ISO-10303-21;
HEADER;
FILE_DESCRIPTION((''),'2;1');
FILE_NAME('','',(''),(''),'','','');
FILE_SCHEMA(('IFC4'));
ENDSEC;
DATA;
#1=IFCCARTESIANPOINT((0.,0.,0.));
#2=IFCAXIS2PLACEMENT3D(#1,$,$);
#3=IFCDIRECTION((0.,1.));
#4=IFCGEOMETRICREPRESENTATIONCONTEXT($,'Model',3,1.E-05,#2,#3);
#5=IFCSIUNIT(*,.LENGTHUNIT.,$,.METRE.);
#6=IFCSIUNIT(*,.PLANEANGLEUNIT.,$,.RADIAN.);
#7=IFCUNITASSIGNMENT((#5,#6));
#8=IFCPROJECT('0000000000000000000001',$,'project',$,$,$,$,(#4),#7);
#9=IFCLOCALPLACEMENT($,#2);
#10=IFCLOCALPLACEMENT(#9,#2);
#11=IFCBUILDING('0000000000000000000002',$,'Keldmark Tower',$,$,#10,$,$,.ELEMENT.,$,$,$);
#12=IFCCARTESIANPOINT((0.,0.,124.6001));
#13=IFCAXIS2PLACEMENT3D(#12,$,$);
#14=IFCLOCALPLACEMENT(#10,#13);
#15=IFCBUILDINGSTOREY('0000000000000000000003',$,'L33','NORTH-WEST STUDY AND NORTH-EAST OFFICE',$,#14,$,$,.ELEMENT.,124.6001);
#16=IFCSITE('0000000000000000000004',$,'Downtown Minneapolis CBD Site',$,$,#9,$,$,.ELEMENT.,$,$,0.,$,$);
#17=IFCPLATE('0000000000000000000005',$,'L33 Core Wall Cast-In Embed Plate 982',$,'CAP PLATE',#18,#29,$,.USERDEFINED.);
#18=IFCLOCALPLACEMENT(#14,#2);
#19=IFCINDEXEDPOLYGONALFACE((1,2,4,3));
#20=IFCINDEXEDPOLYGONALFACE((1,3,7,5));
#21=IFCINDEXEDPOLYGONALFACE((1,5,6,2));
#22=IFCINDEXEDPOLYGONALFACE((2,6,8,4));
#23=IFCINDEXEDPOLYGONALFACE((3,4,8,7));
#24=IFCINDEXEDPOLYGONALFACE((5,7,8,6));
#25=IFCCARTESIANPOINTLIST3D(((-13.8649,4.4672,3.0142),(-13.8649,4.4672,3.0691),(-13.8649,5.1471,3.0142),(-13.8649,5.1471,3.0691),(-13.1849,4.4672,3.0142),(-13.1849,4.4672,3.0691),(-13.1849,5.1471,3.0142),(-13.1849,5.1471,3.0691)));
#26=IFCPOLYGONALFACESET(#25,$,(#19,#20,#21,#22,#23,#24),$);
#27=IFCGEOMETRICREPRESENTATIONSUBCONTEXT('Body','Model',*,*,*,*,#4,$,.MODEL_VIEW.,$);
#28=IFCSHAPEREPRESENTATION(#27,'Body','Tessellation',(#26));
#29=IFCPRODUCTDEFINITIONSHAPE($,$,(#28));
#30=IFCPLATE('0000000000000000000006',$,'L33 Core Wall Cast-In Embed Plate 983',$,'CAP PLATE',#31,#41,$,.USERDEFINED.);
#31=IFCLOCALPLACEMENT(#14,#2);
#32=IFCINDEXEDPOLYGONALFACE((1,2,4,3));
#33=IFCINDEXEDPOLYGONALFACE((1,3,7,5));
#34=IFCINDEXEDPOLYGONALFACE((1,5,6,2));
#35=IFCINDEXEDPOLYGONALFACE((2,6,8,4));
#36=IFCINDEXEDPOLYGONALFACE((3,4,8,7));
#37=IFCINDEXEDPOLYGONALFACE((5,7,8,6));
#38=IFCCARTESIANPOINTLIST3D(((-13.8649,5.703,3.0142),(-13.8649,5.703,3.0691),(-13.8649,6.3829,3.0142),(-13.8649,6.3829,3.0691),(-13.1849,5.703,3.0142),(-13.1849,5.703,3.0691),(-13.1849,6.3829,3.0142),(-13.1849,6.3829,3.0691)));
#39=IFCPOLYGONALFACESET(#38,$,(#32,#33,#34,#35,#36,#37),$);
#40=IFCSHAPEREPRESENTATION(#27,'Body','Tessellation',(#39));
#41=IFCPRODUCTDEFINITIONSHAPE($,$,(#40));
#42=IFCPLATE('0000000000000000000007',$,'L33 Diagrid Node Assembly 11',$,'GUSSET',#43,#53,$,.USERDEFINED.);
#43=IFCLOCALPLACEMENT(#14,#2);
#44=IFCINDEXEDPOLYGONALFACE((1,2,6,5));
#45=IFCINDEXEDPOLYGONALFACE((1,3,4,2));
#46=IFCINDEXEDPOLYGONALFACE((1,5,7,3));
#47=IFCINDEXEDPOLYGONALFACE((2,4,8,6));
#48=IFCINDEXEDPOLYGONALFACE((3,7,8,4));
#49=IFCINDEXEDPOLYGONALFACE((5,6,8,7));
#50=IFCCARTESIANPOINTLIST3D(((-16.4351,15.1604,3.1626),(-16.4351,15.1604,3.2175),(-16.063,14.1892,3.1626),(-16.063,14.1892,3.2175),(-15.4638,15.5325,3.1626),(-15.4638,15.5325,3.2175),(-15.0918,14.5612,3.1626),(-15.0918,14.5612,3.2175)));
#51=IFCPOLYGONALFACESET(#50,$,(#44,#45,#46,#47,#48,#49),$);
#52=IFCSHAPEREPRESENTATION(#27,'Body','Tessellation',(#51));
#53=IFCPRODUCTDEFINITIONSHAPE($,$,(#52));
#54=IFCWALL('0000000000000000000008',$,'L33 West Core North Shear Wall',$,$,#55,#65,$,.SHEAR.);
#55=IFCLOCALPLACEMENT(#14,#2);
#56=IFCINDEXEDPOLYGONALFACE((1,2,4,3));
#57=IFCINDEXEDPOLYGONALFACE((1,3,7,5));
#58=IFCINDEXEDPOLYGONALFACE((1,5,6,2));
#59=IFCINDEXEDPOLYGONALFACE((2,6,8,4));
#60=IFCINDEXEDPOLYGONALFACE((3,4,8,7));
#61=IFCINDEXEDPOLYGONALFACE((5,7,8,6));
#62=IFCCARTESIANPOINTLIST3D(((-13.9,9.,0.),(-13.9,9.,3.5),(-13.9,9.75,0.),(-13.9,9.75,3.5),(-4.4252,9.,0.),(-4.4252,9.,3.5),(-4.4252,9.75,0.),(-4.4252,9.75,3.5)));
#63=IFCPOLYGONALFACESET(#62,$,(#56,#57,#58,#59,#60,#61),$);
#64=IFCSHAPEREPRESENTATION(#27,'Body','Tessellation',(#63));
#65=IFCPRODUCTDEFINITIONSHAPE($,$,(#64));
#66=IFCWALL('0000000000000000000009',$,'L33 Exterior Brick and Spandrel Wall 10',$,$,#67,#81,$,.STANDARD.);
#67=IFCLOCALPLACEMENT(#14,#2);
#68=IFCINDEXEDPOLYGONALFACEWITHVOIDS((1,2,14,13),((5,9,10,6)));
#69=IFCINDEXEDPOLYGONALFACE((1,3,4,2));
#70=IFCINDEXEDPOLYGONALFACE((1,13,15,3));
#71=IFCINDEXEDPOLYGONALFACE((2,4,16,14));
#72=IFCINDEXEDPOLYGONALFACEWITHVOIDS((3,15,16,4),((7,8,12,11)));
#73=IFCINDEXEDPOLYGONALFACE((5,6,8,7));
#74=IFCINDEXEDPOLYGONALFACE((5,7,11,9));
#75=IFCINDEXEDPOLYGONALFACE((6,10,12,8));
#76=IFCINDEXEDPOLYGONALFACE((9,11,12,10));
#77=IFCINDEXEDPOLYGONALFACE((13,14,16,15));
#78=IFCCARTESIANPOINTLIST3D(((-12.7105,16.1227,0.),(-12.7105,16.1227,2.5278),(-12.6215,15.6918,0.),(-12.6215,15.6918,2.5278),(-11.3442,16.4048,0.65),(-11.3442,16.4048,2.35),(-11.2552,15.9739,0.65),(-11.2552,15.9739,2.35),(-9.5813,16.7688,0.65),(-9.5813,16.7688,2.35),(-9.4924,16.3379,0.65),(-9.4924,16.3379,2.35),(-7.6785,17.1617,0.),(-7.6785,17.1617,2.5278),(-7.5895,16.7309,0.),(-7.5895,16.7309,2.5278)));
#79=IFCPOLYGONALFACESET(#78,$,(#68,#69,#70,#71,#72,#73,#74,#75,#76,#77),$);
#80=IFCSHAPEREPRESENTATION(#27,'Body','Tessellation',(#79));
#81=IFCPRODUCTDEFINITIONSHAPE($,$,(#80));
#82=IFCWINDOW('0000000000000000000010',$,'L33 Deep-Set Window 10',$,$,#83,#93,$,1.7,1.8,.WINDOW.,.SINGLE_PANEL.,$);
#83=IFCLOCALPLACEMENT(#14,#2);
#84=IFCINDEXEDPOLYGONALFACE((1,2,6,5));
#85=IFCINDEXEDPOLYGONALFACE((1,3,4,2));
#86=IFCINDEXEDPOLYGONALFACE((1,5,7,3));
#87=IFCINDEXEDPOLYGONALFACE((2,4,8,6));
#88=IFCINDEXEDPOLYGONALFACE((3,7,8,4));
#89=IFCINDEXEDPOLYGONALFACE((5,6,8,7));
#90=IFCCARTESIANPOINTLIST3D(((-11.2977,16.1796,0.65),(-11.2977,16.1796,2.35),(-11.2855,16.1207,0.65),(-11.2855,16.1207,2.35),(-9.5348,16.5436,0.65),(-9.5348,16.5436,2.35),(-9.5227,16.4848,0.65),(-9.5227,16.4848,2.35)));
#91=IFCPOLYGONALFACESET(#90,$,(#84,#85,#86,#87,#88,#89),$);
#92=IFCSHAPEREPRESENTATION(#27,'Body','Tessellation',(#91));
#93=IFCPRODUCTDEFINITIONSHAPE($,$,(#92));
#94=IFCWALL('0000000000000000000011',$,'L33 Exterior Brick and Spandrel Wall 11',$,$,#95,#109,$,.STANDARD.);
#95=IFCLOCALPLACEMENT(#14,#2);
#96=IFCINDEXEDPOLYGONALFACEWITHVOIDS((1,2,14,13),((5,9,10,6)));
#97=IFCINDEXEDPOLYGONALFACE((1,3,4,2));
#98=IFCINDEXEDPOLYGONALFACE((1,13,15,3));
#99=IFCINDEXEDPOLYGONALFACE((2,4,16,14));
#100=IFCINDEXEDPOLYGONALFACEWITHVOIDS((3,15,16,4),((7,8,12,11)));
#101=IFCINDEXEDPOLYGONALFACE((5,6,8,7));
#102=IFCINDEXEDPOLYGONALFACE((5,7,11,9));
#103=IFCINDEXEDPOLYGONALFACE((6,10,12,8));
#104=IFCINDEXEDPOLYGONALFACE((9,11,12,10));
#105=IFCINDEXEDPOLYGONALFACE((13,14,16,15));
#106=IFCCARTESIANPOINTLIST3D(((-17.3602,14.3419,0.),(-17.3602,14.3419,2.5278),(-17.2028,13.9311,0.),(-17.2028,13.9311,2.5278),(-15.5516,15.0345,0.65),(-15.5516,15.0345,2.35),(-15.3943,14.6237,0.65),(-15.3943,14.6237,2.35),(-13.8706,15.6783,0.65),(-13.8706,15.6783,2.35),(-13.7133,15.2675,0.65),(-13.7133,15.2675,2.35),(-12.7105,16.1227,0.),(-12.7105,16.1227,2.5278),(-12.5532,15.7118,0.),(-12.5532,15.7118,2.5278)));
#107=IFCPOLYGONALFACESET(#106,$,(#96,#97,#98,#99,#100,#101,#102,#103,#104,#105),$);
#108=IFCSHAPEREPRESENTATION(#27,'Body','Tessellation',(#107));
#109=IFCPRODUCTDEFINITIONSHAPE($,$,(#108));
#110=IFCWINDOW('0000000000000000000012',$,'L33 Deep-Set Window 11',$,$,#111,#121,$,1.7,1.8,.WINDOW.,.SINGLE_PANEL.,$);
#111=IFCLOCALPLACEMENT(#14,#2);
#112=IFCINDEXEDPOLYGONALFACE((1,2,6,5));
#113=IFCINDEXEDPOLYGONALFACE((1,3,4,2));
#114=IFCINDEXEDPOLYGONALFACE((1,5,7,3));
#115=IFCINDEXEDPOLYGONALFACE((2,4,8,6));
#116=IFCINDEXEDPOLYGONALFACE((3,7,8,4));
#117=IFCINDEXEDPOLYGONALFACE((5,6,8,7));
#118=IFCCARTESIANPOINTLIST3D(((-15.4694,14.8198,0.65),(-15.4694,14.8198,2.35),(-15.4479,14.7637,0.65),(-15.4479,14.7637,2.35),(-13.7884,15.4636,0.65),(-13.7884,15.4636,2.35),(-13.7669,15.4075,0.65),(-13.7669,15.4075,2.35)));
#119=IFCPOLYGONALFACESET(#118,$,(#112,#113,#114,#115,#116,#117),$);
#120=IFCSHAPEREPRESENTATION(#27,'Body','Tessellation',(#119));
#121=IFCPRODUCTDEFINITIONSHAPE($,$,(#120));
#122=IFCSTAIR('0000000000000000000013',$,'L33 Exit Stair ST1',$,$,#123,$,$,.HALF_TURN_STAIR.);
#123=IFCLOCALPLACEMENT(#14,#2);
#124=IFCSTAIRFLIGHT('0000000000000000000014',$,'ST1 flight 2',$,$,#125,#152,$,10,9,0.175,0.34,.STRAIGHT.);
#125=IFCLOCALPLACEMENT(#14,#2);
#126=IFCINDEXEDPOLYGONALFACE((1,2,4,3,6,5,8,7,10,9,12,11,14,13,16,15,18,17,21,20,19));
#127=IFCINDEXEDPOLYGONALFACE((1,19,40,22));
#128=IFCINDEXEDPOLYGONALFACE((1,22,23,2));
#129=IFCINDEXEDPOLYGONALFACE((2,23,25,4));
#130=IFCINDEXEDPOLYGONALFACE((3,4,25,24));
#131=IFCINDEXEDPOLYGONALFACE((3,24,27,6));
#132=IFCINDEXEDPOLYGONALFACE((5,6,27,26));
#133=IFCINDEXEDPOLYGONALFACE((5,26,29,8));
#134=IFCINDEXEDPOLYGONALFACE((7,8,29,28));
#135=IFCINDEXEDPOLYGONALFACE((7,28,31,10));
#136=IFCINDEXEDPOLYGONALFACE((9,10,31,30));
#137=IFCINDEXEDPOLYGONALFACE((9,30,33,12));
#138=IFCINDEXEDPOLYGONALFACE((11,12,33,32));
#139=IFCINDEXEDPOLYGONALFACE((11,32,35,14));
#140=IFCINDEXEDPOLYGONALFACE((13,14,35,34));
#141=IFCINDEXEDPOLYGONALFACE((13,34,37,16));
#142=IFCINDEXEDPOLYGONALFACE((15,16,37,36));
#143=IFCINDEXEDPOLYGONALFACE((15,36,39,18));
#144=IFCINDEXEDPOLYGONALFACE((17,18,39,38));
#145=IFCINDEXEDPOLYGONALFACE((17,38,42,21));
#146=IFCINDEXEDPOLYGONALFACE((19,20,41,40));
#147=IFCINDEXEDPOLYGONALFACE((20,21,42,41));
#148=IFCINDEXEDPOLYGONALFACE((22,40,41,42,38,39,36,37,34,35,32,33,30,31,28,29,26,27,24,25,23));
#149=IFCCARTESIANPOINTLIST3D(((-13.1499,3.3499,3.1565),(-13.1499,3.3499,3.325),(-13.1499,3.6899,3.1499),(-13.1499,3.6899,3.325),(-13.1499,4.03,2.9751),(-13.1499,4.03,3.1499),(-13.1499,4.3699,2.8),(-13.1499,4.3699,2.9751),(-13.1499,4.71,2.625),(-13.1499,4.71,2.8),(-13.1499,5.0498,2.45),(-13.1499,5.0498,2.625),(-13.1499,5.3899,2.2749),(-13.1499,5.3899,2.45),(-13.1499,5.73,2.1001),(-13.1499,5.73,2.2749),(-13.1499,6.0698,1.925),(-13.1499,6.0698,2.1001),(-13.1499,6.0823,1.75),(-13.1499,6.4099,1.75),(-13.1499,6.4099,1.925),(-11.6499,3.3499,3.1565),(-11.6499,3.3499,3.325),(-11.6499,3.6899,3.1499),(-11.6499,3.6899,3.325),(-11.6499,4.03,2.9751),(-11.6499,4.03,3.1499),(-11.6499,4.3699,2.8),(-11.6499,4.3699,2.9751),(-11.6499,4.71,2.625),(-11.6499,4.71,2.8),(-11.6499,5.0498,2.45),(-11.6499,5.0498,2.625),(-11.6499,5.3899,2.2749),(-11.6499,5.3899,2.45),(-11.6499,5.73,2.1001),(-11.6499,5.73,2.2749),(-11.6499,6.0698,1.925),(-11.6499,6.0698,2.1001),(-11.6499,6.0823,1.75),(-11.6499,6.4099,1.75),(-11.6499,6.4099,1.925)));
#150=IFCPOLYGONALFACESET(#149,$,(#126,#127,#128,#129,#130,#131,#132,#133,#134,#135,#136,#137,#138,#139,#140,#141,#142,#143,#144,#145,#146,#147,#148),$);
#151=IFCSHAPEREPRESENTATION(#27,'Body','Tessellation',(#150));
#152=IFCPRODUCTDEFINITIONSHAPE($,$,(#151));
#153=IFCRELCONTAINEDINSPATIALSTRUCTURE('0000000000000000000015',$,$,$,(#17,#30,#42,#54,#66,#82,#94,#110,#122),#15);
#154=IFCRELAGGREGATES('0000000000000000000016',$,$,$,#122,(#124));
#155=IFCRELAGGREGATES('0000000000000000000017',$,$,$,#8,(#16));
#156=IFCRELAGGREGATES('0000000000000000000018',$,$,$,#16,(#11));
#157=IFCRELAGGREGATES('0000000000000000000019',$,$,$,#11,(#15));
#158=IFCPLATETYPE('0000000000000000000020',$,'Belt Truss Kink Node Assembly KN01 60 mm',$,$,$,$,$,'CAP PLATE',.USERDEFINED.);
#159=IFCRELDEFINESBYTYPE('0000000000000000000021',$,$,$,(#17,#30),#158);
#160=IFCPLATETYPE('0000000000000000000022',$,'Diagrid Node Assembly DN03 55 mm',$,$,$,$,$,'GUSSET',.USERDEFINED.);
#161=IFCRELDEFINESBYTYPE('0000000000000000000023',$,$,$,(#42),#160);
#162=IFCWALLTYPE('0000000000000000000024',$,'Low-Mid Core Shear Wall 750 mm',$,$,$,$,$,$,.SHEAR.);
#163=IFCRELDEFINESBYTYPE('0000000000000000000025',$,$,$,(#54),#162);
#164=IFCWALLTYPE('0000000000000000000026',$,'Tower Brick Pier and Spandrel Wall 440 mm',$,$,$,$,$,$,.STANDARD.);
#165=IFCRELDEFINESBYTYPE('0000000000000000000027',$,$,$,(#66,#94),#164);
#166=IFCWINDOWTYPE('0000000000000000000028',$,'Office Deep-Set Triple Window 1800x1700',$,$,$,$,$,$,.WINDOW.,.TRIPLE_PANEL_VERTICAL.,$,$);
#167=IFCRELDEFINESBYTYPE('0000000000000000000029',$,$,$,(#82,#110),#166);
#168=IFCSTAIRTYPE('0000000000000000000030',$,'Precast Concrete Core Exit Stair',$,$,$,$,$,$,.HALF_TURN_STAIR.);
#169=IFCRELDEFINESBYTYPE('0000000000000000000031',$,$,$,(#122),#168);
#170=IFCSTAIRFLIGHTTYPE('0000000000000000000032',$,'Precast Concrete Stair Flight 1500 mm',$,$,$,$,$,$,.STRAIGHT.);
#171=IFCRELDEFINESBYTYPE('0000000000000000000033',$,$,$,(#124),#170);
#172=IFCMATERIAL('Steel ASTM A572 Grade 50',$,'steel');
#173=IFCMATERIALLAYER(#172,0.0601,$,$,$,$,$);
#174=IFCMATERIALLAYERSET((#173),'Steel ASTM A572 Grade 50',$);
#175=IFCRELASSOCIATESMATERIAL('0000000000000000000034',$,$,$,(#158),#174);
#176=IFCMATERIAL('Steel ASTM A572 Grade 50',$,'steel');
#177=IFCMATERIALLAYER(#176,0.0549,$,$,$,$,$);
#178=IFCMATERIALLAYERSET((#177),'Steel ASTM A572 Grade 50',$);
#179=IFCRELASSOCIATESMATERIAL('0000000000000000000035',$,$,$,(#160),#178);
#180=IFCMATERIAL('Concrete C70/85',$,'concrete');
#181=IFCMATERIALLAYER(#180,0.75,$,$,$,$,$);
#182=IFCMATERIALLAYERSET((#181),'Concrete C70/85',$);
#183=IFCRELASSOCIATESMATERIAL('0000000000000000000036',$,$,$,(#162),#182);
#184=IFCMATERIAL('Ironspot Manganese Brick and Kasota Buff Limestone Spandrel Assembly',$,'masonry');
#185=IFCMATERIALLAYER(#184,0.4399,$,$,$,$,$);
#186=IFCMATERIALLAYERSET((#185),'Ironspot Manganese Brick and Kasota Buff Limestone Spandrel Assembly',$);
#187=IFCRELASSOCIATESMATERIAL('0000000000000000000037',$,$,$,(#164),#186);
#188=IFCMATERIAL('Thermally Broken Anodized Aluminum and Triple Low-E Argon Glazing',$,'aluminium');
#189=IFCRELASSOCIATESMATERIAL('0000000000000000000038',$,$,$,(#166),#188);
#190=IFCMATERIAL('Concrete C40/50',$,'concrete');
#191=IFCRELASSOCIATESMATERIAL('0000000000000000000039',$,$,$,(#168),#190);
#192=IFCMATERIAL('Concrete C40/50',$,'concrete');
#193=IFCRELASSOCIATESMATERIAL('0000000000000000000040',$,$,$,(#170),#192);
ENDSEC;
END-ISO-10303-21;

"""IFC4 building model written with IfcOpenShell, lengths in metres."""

from ifc_helpers import new_model, si_unit, direction, frame, frame_2d, origin, origin_2d, place, context, subcontext, project, spatial, polyline, rectangle, outline, extrude, material, layer, layer_set, type_object, element, fill, aggregate, save


model = new_model("IFC4")

# Units and contexts
model_context = context("Model", 3, precision=1e-05, world=origin(), true_north=direction((0.0, 1.0)))
body_context = subcontext(model_context, "Body", "Model", "MODEL_VIEW")
ifc_project = project(units=[si_unit("LENGTHUNIT", "METRE"), si_unit("PLANEANGLEUNIT", "RADIAN")], contexts=[model_context])

# Site, building, storey
site_placement = place(None, origin())
site = spatial("IfcSite", under=ifc_project, at=site_placement, Name="Downtown Minneapolis CBD Site", CompositionType="ELEMENT", RefElevation=0.0)
building_placement = place(site_placement, origin())
building = spatial("IfcBuilding", under=site, at=building_placement, Name="Keldmark Tower", CompositionType="ELEMENT")
storey_placement = place(building_placement, frame((0.0, 0.0, 124.6001)))
storey = spatial("IfcBuildingStorey", under=building, at=storey_placement, Name="L33", Description="NORTH-WEST STUDY AND NORTH-EAST OFFICE", CompositionType="ELEMENT", Elevation=124.6001)

# Plates
ifc_material_1 = material(Name="Steel ASTM A572 Grade 50", Category="steel")
ifc_layer_1 = layer(ifc_material_1, 0.0601)
ifc_layer_set_1 = layer_set([ifc_layer_1], Name="Steel ASTM A572 Grade 50")
plate_type_1 = type_object("IfcPlateType", Name="Belt Truss Kink Node Assembly KN01 60 mm", ElementType="CAP PLATE", PredefinedType="USERDEFINED", material=ifc_layer_set_1)
for number, where, z_axis, x_axis, name in (
    (1, (-13.5249, 4.8071, 3.0142), (0.0, 0.0, 1.0), (1.0, 0.0, 0.0), "L33 Core Wall Cast-In Embed Plate 982"),
    (2, (-13.5249, 6.043, 3.0142), (0.0, 0.0, 1.0), (1.0, 0.0, 0.0), "L33 Core Wall Cast-In Embed Plate 983"),
):
    element("IfcPlate", number, at=place(storey_placement, frame(where, z_axis=z_axis, x_axis=x_axis)), inside=storey, type_object=plate_type_1, Name=name, ObjectType="CAP PLATE", PredefinedType="USERDEFINED", context=body_context, shape_type="SweptSolid", body=[
        extrude(rectangle(XDim=0.6799, YDim=0.6799, at=origin_2d()), origin(), (0.0, 0.0, 1.0), 0.0549),
    ])
ifc_material_2 = material(Name="Steel ASTM A572 Grade 50", Category="steel")
ifc_layer_2 = layer(ifc_material_2, 0.0549)
ifc_layer_set_2 = layer_set([ifc_layer_2], Name="Steel ASTM A572 Grade 50")
plate_type_2 = type_object("IfcPlateType", Name="Diagrid Node Assembly DN03 55 mm", ElementType="GUSSET", PredefinedType="USERDEFINED", material=ifc_layer_set_2)
plate_placement = place(storey_placement, frame((-15.7634, 14.8608, 3.1626), z_axis=(0.0, 0.0, 1.0), x_axis=(-0.93383, -0.357716, 0.0)))
element("IfcPlate", 3, at=plate_placement, inside=storey, type_object=plate_type_2, Name="L33 Diagrid Node Assembly 11", ObjectType="GUSSET", PredefinedType="USERDEFINED", context=body_context, shape_type="SweptSolid", body=[
    extrude(rectangle(XDim=1.04, YDim=1.04, at=origin_2d()), origin(), (0.0, 0.0, 1.0), 0.0549),
])

# Wall
ifc_material_3 = material(Name="Concrete C70/85", Category="concrete")
ifc_layer_3 = layer(ifc_material_3, 0.75)
ifc_layer_set_3 = layer_set([ifc_layer_3], Name="Concrete C70/85")
wall_type_1 = type_object("IfcWallType", Name="Low-Mid Core Shear Wall 750 mm", PredefinedType="SHEAR", material=ifc_layer_set_3)
wall_1_placement = place(storey_placement, frame((-13.8999, 9.375, 0.0), z_axis=(0.0, 0.0, 1.0), x_axis=(1.0, 0.0, 0.0)))
element("IfcWall", 4, at=wall_1_placement, inside=storey, type_object=wall_type_1, Name="L33 West Core North Shear Wall", PredefinedType="SHEAR", context=body_context, shape_type="SweptSolid", body=[
    extrude(rectangle(XDim=9.4749, YDim=0.75, at=frame_2d((4.7373, 0.0))), origin(), (0.0, 0.0, 1.0), 3.5),
])

# Walls, openings, windows
ifc_material_4 = material(Name="Ironspot Manganese Brick and Kasota Buff Limestone Spandrel Assembly", Category="masonry")
ifc_layer_4 = layer(ifc_material_4, 0.4399)
ifc_layer_set_4 = layer_set([ifc_layer_4], Name="Ironspot Manganese Brick and Kasota Buff Limestone Spandrel Assembly")
wall_type_2 = type_object("IfcWallType", Name="Tower Brick Pier and Spandrel Wall 440 mm", PredefinedType="STANDARD", material=ifc_layer_set_4)
wall_2_placement = place(storey_placement, frame((-12.666, 15.9072, 0.0), z_axis=(0.0, 0.0, 1.0), x_axis=(0.979339, 0.202225, 0.0)))
wall_2 = element("IfcWall", 5, at=wall_2_placement, inside=storey, type_object=wall_type_2, Name="L33 Exterior Brick and Spandrel Wall 10", PredefinedType="STANDARD", context=body_context, shape_type="SweptSolid", body=[
    extrude(rectangle(XDim=5.1382, YDim=0.4399, at=frame_2d((2.5691, 0.0))), origin(), (0.0, 0.0, 1.0), 2.5278),
])
opening_1_placement = place(wall_2_placement, frame((1.3953, 0.0, 0.6499)))
opening_1 = element("IfcOpeningElement", 6, at=opening_1_placement, cuts=wall_2, PredefinedType="OPENING", context=body_context, shape_type="SweptSolid", body=[
    extrude(rectangle(XDim=1.8, YDim=1.7, at=frame_2d((0.8999, 0.8501))), frame((0.0, 0.23, 0.0), z_axis=(0.0, -1.0, 0.0), x_axis=(1.0, 0.0, 0.0)), (0.0, 0.0, 1.0), 0.46),
])
ifc_material_5 = material(Name="Thermally Broken Anodized Aluminum and Triple Low-E Argon Glazing", Category="aluminium")
window_type = type_object("IfcWindowType", Name="Office Deep-Set Triple Window 1800x1700", PartitioningType="TRIPLE_PANEL_VERTICAL", PredefinedType="WINDOW", material=ifc_material_5)
window_1_placement = place(opening_1_placement, origin())
window_1 = element("IfcWindow", 7, at=window_1_placement, inside=storey, type_object=window_type, Name="L33 Deep-Set Window 10", OverallHeight=1.7, OverallWidth=1.8, PartitioningType="SINGLE_PANEL", PredefinedType="WINDOW", context=body_context, shape_type="SweptSolid", body=[
    extrude(rectangle(XDim=1.8, YDim=1.7, at=frame_2d((0.8999, 0.8501))), frame((0.0, -0.01, 0.0), z_axis=(0.0, -1.0, 0.0), x_axis=(1.0, 0.0, 0.0)), (0.0, 0.0, 1.0), 0.0601),
])
fill(opening_1, window_1)
wall_3_placement = place(storey_placement, frame((-17.2815, 14.1365, 0.0), z_axis=(0.0, 0.0, 1.0), x_axis=(0.933854, 0.357655, 0.0)))
wall_3 = element("IfcWall", 8, at=wall_3_placement, inside=storey, type_object=wall_type_2, Name="L33 Exterior Brick and Spandrel Wall 11", PredefinedType="STANDARD", context=body_context, shape_type="SweptSolid", body=[
    extrude(rectangle(XDim=4.979, YDim=0.4399, at=frame_2d((2.4895, 0.0))), origin(), (0.0, 0.0, 1.0), 2.5278),
])
opening_2_placement = place(wall_3_placement, frame((1.9368, 0.0, 0.6499)))
opening_2 = element("IfcOpeningElement", 9, at=opening_2_placement, cuts=wall_3, PredefinedType="OPENING", context=body_context, shape_type="SweptSolid", body=[
    extrude(rectangle(XDim=1.8, YDim=1.7, at=frame_2d((0.8999, 0.8501))), frame((0.0, 0.23, 0.0), z_axis=(0.0, -1.0, 0.0), x_axis=(1.0, 0.0, 0.0)), (0.0, 0.0, 1.0), 0.46),
])
window_2_placement = place(opening_2_placement, origin())
window_2 = element("IfcWindow", 10, at=window_2_placement, inside=storey, type_object=window_type, Name="L33 Deep-Set Window 11", OverallHeight=1.7, OverallWidth=1.8, PartitioningType="SINGLE_PANEL", PredefinedType="WINDOW", context=body_context, shape_type="SweptSolid", body=[
    extrude(rectangle(XDim=1.8, YDim=1.7, at=frame_2d((0.8999, 0.8501))), frame((0.0, -0.01, 0.0), z_axis=(0.0, -1.0, 0.0), x_axis=(1.0, 0.0, 0.0)), (0.0, 0.0, 1.0), 0.0601),
])
fill(opening_2, window_2)

# Stair, stair flight
ifc_material_6 = material(Name="Concrete C40/50", Category="concrete")
stair_type = type_object("IfcStairType", Name="Precast Concrete Core Exit Stair", PredefinedType="HALF_TURN_STAIR", material=ifc_material_6)
stair_placement = place(storey_placement, origin())
stair = element("IfcStair", 11, at=stair_placement, inside=storey, type_object=stair_type, Name="L33 Exit Stair ST1", PredefinedType="HALF_TURN_STAIR")
ifc_material_7 = material(Name="Concrete C40/50", Category="concrete")
stair_flight_type = type_object("IfcStairFlightType", Name="Precast Concrete Stair Flight 1500 mm", PredefinedType="STRAIGHT", material=ifc_material_7)
stair_flight_placement = place(storey_placement, frame((-12.3999, 6.4099, 1.75), z_axis=(0.0, 0.0, 1.0), x_axis=(0.0, -1.0, 0.0)))
stair_flight = element("IfcStairFlight", 12, at=stair_flight_placement, type_object=stair_flight_type, Name="ST1 flight 2", NumberOfRisers=10, NumberOfTreads=9, PredefinedType="STRAIGHT", RiserHeight=0.175, TreadLength=0.34, context=body_context, shape_type="SweptSolid", body=[
    extrude(outline(polyline([(0.0, 0.0), (0.0, 0.175), (0.3401, 0.175), (0.3401, 0.3501), (0.6799, 0.3501), (0.6799, 0.5249), (1.02, 0.5249), (1.02, 0.7), (1.3601, 0.7), (1.3601, 0.875), (1.7, 0.875), (1.7, 1.05), (2.04, 1.05), (2.04, 1.2251), (2.3799, 1.2251), (2.3799, 1.3999), (2.72, 1.3999), (2.72, 1.575), (3.0601, 1.575), (3.0601, 1.75), (3.0601, 1.4065), (0.3276, 0.0), (0.0, 0.0)])), frame((0.0, 0.75, 0.0), z_axis=(0.0, -1.0, 0.0), x_axis=(1.0, 0.0, 0.0)), (0.0, 0.0, 1.0), 1.5),
])
aggregate(stair, [stair_flight])

save(model, "model.ifc")
